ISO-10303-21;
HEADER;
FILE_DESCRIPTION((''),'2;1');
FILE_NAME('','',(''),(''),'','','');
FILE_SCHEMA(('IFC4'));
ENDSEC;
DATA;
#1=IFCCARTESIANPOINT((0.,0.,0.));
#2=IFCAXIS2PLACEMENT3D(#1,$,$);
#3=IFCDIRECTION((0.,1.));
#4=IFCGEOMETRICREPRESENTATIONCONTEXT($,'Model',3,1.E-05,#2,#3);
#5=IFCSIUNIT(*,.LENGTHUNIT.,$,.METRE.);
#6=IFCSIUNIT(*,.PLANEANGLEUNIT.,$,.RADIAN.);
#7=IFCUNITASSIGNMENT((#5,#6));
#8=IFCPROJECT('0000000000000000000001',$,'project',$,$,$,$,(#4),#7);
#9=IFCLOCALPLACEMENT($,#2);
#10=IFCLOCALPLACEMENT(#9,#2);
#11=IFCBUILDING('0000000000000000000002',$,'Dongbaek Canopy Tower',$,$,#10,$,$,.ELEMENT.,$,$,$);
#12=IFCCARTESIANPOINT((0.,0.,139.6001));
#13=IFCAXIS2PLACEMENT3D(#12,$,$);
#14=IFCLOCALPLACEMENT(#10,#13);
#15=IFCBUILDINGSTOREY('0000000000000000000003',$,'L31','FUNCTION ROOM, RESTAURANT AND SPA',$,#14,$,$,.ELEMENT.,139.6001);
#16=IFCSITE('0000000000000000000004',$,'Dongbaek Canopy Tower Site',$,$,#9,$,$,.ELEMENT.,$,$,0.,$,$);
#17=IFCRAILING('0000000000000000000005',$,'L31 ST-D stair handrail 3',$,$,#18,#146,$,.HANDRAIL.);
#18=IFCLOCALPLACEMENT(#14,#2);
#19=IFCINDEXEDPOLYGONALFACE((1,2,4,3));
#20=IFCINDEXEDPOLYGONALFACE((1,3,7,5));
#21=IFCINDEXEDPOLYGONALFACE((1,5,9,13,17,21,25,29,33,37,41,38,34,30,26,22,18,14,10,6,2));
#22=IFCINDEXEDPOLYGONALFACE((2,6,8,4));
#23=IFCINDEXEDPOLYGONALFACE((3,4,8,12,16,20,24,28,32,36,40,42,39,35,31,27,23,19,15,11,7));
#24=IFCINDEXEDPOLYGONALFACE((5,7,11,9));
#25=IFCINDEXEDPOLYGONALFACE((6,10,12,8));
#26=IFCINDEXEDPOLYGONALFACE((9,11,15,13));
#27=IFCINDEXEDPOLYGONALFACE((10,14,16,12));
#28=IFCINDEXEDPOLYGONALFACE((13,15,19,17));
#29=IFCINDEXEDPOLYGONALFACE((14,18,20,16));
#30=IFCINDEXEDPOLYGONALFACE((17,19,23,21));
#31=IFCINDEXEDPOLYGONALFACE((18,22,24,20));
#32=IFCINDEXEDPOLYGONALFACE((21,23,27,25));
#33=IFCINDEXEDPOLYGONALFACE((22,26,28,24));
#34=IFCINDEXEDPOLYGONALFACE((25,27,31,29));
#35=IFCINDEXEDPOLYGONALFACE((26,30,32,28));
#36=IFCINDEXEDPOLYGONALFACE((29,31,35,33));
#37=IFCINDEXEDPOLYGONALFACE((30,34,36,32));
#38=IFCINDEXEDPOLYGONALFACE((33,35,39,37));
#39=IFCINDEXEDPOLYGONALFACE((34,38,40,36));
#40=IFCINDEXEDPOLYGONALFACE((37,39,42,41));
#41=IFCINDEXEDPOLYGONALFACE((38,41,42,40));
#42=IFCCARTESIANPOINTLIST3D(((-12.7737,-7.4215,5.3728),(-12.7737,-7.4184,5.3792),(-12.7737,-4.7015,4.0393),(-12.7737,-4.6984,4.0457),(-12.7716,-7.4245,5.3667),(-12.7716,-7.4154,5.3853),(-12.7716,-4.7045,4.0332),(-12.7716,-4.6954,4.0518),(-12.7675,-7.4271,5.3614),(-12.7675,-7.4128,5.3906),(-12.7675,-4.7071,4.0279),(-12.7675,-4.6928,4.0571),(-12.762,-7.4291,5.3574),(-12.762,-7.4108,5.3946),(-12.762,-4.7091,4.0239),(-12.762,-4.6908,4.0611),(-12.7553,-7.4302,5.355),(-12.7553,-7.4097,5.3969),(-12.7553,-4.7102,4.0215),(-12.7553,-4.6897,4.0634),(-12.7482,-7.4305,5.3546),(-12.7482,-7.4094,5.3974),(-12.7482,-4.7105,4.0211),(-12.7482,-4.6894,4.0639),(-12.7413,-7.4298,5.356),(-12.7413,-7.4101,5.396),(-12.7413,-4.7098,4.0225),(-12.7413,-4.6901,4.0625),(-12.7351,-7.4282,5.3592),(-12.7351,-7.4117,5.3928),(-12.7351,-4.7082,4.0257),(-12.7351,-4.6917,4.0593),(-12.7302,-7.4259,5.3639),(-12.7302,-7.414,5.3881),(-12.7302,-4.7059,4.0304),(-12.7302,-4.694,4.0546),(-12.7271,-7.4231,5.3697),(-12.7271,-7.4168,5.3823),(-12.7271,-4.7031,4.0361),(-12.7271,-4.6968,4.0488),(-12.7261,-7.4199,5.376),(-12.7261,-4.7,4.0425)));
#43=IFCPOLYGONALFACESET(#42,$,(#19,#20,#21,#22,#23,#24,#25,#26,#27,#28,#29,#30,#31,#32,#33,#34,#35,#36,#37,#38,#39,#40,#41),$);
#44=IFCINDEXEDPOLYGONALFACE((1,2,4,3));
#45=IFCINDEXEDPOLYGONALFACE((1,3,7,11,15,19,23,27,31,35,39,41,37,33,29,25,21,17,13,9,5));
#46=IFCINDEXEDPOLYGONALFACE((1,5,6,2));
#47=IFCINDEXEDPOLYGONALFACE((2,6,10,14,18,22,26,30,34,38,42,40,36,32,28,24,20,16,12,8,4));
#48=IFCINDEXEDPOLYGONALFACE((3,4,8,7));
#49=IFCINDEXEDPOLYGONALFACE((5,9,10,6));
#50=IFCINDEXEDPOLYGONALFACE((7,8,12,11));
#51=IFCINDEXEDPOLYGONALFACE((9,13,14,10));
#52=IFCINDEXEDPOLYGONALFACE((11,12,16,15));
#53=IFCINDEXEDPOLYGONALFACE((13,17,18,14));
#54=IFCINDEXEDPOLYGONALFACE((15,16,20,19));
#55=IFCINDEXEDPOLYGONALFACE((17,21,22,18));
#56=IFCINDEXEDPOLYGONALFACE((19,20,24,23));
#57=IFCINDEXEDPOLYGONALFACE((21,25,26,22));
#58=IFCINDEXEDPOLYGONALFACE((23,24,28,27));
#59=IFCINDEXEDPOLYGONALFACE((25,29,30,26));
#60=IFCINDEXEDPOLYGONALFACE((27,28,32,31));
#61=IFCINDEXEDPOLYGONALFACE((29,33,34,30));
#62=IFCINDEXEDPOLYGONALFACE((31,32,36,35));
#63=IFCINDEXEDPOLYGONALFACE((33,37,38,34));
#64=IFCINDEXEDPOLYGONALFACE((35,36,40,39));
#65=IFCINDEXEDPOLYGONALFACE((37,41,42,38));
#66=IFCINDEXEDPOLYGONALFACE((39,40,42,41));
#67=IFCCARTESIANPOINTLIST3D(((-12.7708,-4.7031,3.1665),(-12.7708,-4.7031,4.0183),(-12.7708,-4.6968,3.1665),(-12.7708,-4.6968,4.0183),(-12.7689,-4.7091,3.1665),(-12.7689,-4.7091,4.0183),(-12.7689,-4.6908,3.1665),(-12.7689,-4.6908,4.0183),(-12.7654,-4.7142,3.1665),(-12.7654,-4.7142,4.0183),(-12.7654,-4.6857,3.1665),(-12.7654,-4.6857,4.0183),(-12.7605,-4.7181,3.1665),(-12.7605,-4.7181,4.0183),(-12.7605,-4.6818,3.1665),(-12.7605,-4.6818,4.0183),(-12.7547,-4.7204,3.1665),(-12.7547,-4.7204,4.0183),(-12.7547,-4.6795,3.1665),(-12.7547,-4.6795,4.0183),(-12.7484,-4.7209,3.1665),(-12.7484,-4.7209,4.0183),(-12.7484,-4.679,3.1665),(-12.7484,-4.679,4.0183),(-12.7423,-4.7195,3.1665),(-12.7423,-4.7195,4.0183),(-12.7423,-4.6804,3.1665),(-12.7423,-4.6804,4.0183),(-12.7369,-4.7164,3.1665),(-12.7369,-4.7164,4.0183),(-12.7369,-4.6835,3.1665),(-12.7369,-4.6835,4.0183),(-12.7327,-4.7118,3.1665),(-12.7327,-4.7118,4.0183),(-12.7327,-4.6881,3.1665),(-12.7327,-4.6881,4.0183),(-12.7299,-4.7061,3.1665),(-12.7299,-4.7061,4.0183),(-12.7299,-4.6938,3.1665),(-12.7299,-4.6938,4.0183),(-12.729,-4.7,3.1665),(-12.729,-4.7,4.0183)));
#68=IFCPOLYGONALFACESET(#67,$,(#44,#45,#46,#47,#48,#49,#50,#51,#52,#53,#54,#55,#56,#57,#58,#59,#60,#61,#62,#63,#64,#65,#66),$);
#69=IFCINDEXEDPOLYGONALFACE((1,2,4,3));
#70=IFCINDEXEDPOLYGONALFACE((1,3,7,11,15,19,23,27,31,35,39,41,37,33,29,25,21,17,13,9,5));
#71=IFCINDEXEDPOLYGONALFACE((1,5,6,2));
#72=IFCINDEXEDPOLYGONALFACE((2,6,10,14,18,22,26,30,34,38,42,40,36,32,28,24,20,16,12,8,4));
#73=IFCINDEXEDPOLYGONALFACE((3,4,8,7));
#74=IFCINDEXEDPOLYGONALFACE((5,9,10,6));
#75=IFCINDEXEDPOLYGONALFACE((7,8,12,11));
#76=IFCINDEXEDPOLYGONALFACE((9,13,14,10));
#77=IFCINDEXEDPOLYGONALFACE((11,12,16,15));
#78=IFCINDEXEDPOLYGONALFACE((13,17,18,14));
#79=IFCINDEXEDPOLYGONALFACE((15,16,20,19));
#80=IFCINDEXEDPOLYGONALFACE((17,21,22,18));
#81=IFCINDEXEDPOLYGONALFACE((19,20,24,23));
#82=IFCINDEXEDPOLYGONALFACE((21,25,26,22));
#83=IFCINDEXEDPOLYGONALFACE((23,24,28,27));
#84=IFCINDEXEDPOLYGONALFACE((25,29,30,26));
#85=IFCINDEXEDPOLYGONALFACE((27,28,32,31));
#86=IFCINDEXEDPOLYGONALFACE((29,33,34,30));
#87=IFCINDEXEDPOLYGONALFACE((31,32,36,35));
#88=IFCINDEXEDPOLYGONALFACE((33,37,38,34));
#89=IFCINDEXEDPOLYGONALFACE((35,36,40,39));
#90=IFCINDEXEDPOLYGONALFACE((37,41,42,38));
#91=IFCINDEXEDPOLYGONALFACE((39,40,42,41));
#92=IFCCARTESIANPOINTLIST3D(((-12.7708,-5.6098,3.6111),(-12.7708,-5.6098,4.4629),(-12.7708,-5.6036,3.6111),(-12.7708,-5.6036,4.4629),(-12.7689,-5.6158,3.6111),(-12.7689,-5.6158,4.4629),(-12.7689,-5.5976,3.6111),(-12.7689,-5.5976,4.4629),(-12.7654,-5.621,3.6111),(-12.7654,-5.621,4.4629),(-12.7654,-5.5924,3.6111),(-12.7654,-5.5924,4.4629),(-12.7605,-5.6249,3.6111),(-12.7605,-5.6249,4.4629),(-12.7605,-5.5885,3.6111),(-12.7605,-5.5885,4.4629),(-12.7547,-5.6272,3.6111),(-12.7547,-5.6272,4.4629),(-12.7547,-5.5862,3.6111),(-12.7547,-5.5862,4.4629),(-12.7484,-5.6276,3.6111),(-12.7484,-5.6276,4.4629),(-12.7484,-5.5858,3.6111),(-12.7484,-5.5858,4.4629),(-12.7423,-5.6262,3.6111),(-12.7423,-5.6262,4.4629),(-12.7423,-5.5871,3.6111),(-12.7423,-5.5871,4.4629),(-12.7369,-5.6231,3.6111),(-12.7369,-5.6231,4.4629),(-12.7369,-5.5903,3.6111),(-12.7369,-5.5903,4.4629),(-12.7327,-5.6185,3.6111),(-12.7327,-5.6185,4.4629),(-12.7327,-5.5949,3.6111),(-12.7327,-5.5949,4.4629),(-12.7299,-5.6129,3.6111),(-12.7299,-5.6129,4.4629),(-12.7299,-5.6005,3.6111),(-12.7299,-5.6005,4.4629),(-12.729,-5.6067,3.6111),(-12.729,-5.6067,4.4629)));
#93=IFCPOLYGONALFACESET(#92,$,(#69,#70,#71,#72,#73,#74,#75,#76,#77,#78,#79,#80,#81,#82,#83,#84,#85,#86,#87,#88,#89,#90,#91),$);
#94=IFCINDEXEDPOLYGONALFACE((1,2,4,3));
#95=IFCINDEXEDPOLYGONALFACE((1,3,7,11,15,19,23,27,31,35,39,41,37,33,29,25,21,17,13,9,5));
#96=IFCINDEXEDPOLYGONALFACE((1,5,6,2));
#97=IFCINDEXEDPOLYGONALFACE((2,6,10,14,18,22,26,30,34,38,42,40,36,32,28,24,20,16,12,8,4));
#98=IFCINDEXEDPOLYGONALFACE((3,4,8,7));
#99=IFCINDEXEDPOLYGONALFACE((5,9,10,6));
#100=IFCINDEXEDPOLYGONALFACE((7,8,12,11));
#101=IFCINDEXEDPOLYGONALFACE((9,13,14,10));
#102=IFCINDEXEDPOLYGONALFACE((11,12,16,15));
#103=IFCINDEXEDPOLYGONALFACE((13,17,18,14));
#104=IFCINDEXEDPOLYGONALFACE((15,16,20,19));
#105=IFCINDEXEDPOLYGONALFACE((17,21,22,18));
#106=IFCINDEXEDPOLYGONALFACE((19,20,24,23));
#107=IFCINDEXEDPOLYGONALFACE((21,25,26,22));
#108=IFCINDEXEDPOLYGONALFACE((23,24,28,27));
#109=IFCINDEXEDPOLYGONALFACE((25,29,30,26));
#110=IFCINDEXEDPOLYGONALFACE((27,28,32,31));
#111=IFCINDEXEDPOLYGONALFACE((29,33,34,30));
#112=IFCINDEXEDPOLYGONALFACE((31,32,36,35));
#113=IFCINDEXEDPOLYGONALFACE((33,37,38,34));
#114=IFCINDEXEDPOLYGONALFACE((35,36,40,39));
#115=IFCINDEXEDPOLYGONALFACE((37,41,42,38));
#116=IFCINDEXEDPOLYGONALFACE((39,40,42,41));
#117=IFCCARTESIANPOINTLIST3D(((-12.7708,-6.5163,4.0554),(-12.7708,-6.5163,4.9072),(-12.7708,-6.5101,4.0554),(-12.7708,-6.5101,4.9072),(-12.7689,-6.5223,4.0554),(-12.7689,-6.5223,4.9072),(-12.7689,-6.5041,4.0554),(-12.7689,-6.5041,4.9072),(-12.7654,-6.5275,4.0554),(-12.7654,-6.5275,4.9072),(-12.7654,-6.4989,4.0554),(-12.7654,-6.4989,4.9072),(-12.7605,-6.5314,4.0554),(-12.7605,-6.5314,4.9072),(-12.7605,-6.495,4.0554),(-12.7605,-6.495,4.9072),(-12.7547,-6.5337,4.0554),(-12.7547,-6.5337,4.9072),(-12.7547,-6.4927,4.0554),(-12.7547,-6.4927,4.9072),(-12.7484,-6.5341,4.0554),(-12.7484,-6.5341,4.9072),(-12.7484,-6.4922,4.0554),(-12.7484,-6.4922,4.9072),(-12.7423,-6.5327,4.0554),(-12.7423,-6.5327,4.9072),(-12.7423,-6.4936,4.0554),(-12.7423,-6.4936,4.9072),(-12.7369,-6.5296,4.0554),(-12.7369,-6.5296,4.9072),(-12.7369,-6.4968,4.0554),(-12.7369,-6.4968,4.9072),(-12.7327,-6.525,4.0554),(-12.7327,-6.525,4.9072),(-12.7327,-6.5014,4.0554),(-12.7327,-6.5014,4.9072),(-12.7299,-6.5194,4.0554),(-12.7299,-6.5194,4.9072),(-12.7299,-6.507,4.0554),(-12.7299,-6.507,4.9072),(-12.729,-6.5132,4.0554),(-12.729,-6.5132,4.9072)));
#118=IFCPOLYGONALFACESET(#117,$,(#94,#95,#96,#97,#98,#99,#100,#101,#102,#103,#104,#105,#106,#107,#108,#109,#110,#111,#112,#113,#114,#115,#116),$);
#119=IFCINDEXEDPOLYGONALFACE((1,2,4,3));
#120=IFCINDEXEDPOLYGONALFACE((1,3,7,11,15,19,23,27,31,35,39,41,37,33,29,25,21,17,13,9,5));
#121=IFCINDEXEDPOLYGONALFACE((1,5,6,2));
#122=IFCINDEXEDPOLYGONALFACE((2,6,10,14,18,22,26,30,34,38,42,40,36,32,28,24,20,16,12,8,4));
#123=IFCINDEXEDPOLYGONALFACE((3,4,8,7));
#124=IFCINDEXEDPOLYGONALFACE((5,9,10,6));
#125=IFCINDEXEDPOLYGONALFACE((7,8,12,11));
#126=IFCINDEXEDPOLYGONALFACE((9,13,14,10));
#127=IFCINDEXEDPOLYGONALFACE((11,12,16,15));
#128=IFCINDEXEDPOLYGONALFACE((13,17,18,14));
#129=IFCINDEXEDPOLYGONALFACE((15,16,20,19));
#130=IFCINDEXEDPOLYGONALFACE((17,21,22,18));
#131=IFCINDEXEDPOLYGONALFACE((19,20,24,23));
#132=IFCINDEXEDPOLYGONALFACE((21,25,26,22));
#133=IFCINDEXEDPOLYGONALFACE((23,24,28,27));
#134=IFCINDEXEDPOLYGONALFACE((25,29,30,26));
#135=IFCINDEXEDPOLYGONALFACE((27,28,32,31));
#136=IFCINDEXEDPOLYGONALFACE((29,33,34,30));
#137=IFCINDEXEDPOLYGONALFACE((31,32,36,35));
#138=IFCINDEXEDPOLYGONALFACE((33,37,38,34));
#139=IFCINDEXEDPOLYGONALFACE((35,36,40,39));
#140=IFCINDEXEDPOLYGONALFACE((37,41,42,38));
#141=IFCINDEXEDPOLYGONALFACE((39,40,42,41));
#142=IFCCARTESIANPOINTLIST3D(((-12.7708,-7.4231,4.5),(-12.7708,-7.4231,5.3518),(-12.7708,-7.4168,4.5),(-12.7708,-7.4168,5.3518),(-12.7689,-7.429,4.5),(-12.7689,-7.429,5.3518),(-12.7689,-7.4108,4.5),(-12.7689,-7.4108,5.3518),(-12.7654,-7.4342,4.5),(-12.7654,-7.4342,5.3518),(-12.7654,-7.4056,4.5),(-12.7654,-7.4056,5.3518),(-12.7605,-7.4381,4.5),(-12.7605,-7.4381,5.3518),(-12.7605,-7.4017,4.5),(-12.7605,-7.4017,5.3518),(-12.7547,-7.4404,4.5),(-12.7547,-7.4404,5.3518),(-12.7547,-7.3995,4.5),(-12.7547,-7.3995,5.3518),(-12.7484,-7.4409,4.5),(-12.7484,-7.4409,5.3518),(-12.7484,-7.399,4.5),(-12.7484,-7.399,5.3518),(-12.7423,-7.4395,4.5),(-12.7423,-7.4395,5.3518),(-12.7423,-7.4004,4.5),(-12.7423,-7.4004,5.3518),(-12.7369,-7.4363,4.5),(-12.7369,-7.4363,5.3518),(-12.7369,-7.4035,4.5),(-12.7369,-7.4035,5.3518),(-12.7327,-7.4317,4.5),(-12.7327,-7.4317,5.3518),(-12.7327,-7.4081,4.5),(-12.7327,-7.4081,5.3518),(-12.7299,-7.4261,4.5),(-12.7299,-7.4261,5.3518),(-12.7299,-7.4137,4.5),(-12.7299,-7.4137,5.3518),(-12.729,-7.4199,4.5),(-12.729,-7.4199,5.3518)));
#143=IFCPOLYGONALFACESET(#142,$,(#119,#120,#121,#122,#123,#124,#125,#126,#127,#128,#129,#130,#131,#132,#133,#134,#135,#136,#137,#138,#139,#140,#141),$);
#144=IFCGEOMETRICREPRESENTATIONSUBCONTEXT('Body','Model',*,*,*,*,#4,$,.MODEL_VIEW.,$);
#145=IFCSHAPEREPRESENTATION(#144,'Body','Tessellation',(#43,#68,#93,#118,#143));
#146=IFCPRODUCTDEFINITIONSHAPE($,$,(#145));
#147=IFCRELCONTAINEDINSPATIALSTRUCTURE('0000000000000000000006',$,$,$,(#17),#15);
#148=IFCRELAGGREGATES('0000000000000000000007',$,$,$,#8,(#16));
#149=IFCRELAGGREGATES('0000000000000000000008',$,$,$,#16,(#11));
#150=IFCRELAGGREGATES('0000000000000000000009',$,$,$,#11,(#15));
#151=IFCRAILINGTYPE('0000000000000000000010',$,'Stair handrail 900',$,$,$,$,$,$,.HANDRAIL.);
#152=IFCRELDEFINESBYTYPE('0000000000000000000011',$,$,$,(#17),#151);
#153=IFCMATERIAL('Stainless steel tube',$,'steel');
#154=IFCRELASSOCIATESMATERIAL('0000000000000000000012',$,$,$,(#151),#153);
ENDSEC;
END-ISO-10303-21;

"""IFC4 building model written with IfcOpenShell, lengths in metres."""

from ifc_helpers import new_model, si_unit, direction, frame, origin, origin_2d, place, context, subcontext, project, spatial, circle, extrude, material, type_object, element, save


model = new_model("IFC4")

# Units and contexts
model_context = context("Model", 3, precision=1e-05, world=origin(), true_north=direction((0.0, 1.0)))
body_context = subcontext(model_context, "Body", "Model", "MODEL_VIEW")
ifc_project = project(units=[si_unit("LENGTHUNIT", "METRE"), si_unit("PLANEANGLEUNIT", "RADIAN")], contexts=[model_context])

# Site, building, storey
site_placement = place(None, origin())
site = spatial("IfcSite", under=ifc_project, at=site_placement, Name="Dongbaek Canopy Tower Site", CompositionType="ELEMENT", RefElevation=0.0)
building_placement = place(site_placement, origin())
building = spatial("IfcBuilding", under=site, at=building_placement, Name="Dongbaek Canopy Tower", CompositionType="ELEMENT")
storey_placement = place(building_placement, frame((0.0, 0.0, 139.6001)))
storey = spatial("IfcBuildingStorey", under=building, at=storey_placement, Name="L31", Description="FUNCTION ROOM, RESTAURANT AND SPA", CompositionType="ELEMENT", Elevation=139.6001)

# Railing
ifc_material_1 = material(Name="Stainless steel tube", Category="steel")
railing_type_1 = type_object("IfcRailingType", Name="Stair handrail 900", PredefinedType="HANDRAIL", material=ifc_material_1)
railing_1_placement = place(storey_placement, frame((-12.75, -4.7, 3.1665)))
element("IfcRailing", 1, at=railing_1_placement, inside=storey, type_object=railing_type_1, Name="L31 ST-D stair handrail 3", PredefinedType="HANDRAIL", context=body_context, shape_type="SweptSolid", body=[
    extrude(circle(Radius=0.0239, at=origin_2d()), frame((0.0, 0.0, 0.876), z_axis=(0.0, -0.897898, 0.440204), x_axis=(1.0, 0.0, 0.0)), (0.0, 0.0, 1.0), 3.0293),
    extrude(circle(Radius=0.021, at=origin_2d()), origin(), (0.0, 0.0, 1.0), 0.8518),
    extrude(circle(Radius=0.021, at=origin_2d()), frame((0.0, -0.9067, 0.4446)), (0.0, 0.0, 1.0), 0.8518),
    extrude(circle(Radius=0.021, at=origin_2d()), frame((0.0, -1.8132, 0.8889)), (0.0, 0.0, 1.0), 0.8518),
    extrude(circle(Radius=0.021, at=origin_2d()), frame((0.0, -2.72, 1.3335)), (0.0, 0.0, 1.0), 0.8518),
])

save(model, "model.ifc")
